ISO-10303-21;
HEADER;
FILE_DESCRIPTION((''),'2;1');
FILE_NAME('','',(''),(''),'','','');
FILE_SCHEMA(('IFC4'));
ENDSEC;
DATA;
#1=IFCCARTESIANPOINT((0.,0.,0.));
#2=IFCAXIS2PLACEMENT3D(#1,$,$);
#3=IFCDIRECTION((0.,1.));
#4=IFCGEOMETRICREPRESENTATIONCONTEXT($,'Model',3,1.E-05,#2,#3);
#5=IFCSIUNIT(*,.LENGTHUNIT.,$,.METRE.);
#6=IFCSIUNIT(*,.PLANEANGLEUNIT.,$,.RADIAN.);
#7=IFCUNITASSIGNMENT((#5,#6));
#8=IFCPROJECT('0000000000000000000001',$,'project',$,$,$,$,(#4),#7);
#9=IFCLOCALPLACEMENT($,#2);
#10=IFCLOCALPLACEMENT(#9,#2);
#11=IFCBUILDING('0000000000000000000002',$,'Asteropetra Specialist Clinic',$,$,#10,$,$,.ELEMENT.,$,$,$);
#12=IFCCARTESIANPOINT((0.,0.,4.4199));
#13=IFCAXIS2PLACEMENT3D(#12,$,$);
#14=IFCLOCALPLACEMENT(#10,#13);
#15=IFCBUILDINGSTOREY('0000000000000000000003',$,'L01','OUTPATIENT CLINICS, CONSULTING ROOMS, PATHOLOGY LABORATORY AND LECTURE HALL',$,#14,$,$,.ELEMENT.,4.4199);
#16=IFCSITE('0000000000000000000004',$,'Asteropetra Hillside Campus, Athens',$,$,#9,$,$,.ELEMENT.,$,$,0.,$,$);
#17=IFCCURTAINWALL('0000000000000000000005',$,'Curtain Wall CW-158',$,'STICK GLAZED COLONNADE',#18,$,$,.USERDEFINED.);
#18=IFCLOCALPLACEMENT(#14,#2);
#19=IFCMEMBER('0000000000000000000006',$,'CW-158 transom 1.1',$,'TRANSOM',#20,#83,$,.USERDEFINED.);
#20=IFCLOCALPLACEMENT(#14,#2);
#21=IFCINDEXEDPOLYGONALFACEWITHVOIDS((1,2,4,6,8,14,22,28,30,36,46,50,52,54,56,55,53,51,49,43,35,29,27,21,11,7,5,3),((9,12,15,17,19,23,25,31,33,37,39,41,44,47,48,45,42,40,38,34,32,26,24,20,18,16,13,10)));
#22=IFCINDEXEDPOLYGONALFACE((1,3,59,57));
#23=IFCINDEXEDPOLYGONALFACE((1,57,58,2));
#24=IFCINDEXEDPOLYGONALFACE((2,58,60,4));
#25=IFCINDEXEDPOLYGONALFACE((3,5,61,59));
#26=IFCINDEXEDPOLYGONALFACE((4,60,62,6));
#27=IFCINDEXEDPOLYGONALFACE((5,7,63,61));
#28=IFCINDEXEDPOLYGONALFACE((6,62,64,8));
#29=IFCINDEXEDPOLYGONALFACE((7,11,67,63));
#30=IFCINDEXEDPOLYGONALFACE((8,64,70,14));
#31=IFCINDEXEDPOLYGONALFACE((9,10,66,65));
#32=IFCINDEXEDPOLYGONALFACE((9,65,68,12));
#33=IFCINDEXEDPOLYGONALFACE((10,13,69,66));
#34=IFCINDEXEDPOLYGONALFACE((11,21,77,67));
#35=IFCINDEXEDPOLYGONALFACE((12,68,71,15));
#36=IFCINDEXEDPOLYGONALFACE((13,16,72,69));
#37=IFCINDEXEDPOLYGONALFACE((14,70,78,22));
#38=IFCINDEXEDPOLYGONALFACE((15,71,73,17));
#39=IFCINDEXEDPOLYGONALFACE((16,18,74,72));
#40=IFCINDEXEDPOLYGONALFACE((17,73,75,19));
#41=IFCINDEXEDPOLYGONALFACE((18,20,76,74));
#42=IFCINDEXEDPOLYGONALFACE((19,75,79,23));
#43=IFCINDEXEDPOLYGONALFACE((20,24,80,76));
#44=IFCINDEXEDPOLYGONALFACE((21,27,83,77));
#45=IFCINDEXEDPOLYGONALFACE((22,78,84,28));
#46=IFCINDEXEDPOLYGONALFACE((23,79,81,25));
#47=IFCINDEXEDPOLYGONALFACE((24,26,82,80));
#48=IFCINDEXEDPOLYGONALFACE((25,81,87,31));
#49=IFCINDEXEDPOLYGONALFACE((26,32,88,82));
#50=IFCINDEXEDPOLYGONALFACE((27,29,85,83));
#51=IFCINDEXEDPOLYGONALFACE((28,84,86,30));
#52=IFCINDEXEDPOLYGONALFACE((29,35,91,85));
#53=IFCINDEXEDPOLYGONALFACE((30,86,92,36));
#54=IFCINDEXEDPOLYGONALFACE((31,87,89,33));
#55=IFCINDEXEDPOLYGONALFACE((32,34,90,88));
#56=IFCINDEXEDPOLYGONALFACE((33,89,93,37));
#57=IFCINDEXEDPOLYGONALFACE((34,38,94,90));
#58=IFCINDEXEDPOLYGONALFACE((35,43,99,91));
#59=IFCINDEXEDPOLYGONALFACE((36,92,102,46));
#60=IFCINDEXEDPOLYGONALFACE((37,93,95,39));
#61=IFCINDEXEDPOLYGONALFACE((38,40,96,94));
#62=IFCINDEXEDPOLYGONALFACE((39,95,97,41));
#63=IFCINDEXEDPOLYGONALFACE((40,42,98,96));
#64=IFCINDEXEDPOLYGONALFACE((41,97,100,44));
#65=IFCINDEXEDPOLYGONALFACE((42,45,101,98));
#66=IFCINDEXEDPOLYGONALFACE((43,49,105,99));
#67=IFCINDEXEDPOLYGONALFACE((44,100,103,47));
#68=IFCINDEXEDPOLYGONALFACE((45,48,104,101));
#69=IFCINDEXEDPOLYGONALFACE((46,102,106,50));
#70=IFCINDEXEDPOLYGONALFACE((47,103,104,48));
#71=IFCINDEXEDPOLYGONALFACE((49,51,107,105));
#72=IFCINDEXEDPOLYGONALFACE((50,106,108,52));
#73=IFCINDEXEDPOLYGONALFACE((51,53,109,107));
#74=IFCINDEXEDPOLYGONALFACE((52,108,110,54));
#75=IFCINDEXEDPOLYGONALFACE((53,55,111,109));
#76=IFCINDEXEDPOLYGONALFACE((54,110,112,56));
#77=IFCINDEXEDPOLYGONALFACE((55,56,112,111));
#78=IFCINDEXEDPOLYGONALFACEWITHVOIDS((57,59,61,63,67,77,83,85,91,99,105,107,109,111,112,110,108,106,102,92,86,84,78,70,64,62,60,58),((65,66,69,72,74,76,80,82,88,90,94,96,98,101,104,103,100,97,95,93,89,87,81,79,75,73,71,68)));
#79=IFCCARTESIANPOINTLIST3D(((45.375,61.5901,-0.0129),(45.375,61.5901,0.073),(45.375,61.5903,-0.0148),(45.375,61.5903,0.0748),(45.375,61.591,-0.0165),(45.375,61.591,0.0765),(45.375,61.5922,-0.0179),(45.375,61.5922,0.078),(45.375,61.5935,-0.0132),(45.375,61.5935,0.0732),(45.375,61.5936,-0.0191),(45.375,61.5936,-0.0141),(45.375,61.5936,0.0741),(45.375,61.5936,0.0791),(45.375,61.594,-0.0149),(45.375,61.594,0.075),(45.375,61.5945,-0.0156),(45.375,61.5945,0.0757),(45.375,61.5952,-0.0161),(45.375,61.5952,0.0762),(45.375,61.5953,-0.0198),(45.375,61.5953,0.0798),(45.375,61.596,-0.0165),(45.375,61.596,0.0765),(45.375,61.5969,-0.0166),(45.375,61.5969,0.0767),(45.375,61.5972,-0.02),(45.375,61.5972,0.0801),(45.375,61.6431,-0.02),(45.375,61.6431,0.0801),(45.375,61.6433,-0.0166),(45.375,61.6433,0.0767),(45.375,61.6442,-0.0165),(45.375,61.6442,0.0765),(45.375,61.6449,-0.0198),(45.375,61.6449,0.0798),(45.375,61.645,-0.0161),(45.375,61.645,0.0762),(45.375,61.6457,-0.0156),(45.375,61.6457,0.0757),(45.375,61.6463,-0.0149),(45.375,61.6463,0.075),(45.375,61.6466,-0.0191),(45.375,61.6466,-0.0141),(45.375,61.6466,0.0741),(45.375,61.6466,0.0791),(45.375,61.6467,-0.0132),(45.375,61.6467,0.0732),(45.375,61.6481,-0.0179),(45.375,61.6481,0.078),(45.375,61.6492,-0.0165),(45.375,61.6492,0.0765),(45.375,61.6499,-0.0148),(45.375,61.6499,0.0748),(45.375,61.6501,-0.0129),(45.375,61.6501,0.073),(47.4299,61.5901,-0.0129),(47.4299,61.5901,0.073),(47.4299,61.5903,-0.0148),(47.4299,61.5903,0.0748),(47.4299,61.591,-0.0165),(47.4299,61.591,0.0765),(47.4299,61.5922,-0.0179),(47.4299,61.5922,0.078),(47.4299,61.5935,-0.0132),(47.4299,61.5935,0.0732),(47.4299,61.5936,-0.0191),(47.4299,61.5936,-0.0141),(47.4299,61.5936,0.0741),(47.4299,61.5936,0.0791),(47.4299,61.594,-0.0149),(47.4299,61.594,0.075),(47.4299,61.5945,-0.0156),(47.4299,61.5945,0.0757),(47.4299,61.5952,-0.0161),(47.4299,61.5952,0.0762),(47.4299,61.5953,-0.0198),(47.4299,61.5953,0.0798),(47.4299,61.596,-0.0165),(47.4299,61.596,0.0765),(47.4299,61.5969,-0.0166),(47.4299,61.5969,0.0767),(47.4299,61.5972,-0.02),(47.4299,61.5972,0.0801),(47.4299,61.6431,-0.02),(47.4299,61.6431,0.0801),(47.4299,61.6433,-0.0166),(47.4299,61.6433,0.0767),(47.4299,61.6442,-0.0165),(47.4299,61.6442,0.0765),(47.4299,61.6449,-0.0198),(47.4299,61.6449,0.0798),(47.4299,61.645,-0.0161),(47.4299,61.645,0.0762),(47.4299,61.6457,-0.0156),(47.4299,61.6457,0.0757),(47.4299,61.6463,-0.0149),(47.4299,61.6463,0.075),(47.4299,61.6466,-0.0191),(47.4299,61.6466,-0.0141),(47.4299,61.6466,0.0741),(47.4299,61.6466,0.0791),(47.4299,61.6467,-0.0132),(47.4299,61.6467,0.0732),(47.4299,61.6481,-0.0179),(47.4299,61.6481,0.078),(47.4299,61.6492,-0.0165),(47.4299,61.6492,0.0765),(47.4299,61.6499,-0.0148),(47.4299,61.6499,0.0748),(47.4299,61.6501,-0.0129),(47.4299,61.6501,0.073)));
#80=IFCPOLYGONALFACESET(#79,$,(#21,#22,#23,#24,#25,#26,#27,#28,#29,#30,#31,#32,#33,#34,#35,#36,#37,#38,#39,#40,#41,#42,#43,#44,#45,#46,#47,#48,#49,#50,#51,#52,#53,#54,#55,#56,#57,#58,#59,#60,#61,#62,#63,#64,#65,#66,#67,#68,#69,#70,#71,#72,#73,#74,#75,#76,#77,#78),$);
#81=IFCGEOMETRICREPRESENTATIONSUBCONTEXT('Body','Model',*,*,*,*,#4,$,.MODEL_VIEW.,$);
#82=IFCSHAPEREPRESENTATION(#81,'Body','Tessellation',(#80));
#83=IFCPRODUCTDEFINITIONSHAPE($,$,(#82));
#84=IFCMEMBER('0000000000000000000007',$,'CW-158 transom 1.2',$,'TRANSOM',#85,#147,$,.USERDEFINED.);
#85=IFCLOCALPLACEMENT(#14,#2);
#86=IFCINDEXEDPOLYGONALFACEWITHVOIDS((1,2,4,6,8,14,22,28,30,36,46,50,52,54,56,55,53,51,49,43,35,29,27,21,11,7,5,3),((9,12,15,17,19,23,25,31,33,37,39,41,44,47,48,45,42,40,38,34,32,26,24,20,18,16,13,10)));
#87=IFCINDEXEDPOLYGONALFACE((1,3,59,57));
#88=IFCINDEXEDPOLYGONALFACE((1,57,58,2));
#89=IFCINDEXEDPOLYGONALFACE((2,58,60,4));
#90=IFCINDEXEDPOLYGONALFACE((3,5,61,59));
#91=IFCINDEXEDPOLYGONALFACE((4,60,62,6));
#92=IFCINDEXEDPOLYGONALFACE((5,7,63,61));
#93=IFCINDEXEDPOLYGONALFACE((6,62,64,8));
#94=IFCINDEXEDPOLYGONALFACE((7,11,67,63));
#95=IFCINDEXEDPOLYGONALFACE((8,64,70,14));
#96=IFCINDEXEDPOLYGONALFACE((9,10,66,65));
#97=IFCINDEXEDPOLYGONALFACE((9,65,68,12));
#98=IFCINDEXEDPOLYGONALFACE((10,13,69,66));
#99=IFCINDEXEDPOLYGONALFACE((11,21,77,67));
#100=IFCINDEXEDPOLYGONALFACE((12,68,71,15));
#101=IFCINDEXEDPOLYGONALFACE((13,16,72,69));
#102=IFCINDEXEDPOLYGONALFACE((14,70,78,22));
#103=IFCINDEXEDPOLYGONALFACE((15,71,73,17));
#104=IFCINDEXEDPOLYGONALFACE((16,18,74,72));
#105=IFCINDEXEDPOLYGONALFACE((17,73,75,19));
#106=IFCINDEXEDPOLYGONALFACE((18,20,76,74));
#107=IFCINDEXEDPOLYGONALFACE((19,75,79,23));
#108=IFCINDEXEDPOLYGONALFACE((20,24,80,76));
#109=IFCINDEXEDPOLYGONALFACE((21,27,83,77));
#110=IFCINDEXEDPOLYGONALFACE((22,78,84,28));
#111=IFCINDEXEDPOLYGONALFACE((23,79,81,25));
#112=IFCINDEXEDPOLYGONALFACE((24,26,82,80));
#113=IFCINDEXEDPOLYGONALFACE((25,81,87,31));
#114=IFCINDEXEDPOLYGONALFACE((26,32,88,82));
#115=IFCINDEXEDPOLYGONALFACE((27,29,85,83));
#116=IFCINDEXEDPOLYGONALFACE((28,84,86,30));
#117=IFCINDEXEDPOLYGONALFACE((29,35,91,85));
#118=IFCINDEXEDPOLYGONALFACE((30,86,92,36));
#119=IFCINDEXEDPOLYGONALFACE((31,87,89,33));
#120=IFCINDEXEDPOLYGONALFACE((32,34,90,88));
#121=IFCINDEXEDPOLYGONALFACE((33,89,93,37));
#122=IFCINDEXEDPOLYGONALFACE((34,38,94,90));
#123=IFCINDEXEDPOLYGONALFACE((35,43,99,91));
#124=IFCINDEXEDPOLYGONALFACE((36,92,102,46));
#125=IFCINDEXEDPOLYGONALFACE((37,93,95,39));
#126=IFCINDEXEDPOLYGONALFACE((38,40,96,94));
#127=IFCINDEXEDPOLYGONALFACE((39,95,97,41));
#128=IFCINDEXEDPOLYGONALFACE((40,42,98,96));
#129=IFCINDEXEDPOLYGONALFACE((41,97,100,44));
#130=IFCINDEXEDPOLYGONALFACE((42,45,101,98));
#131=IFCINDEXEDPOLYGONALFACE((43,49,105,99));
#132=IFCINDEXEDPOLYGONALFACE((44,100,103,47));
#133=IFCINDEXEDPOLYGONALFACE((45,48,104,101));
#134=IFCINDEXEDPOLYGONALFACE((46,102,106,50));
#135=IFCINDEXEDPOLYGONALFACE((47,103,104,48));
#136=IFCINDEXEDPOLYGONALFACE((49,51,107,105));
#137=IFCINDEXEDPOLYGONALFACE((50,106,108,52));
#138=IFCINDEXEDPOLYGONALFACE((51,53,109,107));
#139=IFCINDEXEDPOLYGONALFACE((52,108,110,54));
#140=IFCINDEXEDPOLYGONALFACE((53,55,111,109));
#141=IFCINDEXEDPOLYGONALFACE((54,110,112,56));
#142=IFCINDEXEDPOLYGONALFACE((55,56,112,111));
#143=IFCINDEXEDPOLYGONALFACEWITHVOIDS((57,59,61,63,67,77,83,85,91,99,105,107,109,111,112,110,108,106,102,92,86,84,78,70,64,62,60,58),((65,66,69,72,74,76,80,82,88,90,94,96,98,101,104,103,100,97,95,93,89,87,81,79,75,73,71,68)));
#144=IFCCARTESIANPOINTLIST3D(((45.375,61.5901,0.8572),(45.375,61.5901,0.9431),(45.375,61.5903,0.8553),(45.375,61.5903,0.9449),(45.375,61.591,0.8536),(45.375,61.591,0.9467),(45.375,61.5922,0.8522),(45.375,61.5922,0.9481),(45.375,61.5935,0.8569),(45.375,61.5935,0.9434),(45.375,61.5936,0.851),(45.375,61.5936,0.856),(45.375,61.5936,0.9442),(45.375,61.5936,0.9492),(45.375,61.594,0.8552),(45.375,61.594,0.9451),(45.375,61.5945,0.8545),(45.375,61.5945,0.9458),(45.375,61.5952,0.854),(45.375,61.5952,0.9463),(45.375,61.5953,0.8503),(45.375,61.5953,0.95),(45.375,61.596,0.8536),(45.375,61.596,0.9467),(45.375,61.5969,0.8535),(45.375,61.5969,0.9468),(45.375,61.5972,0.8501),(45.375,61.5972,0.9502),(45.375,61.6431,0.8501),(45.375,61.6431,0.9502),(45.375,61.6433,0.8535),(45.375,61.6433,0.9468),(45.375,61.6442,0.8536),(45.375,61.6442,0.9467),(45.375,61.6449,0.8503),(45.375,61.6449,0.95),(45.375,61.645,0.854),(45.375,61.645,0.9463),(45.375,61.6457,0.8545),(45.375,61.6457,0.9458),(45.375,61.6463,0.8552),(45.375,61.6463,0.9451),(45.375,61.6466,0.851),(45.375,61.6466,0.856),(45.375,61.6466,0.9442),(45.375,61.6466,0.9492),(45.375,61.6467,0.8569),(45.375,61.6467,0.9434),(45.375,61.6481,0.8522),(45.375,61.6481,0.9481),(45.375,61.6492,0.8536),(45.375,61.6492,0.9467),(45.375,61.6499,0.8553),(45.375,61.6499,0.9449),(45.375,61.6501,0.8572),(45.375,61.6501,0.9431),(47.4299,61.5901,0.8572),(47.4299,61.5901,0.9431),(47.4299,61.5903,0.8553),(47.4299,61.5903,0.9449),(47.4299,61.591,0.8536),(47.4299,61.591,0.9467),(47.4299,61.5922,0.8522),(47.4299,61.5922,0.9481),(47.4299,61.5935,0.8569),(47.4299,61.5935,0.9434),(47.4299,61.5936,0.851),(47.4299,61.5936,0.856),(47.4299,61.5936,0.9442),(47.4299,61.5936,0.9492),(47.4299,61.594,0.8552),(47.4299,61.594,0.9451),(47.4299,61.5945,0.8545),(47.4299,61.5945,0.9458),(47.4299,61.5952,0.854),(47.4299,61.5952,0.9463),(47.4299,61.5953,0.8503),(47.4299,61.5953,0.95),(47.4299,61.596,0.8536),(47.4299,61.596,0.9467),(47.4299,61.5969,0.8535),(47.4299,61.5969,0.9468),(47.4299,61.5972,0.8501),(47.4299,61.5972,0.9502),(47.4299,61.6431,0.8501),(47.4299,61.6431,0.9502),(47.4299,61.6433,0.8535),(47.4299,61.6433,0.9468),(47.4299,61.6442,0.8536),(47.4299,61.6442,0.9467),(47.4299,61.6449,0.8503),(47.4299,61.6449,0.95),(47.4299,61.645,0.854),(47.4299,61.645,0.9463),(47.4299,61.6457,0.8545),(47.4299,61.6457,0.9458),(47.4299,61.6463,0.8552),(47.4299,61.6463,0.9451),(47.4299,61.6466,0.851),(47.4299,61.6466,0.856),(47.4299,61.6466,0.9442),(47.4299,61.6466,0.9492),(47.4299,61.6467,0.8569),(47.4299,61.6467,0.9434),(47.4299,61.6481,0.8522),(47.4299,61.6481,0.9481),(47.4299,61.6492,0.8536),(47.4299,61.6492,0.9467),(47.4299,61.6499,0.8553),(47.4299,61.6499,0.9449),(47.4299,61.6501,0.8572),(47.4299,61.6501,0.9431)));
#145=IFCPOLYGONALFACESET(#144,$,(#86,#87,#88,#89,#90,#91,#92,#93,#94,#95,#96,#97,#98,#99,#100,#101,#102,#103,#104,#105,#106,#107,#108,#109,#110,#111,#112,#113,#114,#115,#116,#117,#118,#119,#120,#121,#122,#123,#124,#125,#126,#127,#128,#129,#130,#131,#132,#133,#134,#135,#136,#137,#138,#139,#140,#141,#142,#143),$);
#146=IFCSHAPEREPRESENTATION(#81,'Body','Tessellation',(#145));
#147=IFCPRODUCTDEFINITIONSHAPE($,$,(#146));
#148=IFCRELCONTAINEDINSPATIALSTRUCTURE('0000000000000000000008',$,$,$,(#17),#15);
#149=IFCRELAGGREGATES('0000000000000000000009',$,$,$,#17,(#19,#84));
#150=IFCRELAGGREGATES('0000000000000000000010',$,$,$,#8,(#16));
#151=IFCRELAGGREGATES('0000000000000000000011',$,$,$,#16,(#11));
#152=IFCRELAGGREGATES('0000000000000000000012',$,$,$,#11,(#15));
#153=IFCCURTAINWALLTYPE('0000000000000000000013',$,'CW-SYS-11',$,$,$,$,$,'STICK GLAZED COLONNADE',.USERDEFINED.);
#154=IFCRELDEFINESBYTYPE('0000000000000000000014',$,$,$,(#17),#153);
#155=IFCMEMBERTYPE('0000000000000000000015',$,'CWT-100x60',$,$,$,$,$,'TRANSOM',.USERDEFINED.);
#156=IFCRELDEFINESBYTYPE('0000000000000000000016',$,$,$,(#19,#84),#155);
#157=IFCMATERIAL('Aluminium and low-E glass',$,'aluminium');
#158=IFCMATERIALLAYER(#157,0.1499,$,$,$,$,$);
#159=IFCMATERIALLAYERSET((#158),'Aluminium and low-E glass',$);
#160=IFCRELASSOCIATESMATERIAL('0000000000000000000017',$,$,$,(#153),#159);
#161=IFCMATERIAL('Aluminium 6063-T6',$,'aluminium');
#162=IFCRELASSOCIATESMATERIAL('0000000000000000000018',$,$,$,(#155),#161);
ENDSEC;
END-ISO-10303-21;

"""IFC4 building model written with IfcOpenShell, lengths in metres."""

from ifc_helpers import new_model, si_unit, direction, frame, origin, origin_2d, place, context, subcontext, project, spatial, hollow_rectangle, extrude, material, layer, layer_set, material_profile, profile_set, type_object, element, aggregate, save


model = new_model("IFC4")

# Units and contexts
model_context = context("Model", 3, precision=1e-05, world=origin(), true_north=direction((0.0, 1.0)))
body_context = subcontext(model_context, "Body", "Model", "MODEL_VIEW")
ifc_project = project(units=[si_unit("LENGTHUNIT", "METRE"), si_unit("PLANEANGLEUNIT", "RADIAN")], contexts=[model_context])

# Site, building, storey
site_placement = place(None, origin())
site = spatial("IfcSite", under=ifc_project, at=site_placement, Name="Asteropetra Hillside Campus, Athens", CompositionType="ELEMENT", RefElevation=0.0)
building_placement = place(site_placement, origin())
building = spatial("IfcBuilding", under=site, at=building_placement, Name="Asteropetra Specialist Clinic", CompositionType="ELEMENT")
storey_placement = place(building_placement, frame((0.0, 0.0, 4.4199)))
storey = spatial("IfcBuildingStorey", under=building, at=storey_placement, Name="L01", Description="OUTPATIENT CLINICS, CONSULTING ROOMS, PATHOLOGY LABORATORY AND LECTURE HALL", CompositionType="ELEMENT", Elevation=4.4199)

# Curtain wall
ifc_material_1 = material(Name="Aluminium and low-E glass", Category="aluminium")
ifc_layer_1 = layer(ifc_material_1, 0.1499)
ifc_layer_set_1 = layer_set([ifc_layer_1], Name="Aluminium and low-E glass")
curtain_wall_type_1 = type_object("IfcCurtainWallType", Name="CW-SYS-11", ElementType="STICK GLAZED COLONNADE", PredefinedType="USERDEFINED", material=ifc_layer_set_1)
curtain_wall_1_placement = place(storey_placement, origin())
curtain_wall_1 = element("IfcCurtainWall", 1, at=curtain_wall_1_placement, inside=storey, type_object=curtain_wall_type_1, Name="Curtain Wall CW-158", ObjectType="STICK GLAZED COLONNADE", PredefinedType="USERDEFINED")

# Members
ifc_material_2 = material(Name="Aluminium 6063-T6", Category="aluminium")
ifc_material_profile_1 = material_profile(ifc_material_2, hollow_rectangle(XDim=0.0601, YDim=0.1001, WallThickness=0.0034, InnerFilletRadius=0.0034, OuterFilletRadius=0.0071, at=origin_2d()), Name="TRN 100x60x3.5")
ifc_profile_set_1 = profile_set([ifc_material_profile_1], Name="Aluminium 6063-T6")
member_type_1 = type_object("IfcMemberType", Name="CWT-100x60", ElementType="TRANSOM", PredefinedType="USERDEFINED", material=ifc_profile_set_1)
member_1_placement = place(storey_placement, frame((47.4299, 61.6201, 0.03), z_axis=(-1.0, 0.0, 0.0), x_axis=(0.0, -1.0, 0.0)))
member_1 = element("IfcMember", 2, at=member_1_placement, type_object=member_type_1, Name="CW-158 transom 1.1", ObjectType="TRANSOM", PredefinedType="USERDEFINED", context=body_context, shape_type="SweptSolid", body=[
    extrude(hollow_rectangle(XDim=0.0601, YDim=0.1001, WallThickness=0.0034, InnerFilletRadius=0.0034, OuterFilletRadius=0.0071, at=origin_2d()), origin(), (0.0, 0.0, 1.0), 2.0549),
])
member_2_placement = place(storey_placement, frame((47.4299, 61.6201, 0.9001), z_axis=(-1.0, 0.0, 0.0), x_axis=(0.0, -1.0, 0.0)))
member_2 = element("IfcMember", 3, at=member_2_placement, type_object=member_type_1, Name="CW-158 transom 1.2", ObjectType="TRANSOM", PredefinedType="USERDEFINED", context=body_context, shape_type="SweptSolid", body=[
    extrude(hollow_rectangle(XDim=0.0601, YDim=0.1001, WallThickness=0.0034, InnerFilletRadius=0.0034, OuterFilletRadius=0.0071, at=origin_2d()), origin(), (0.0, 0.0, 1.0), 2.0549),
])
aggregate(curtain_wall_1, [member_1, member_2])

save(model, "model.ifc")
